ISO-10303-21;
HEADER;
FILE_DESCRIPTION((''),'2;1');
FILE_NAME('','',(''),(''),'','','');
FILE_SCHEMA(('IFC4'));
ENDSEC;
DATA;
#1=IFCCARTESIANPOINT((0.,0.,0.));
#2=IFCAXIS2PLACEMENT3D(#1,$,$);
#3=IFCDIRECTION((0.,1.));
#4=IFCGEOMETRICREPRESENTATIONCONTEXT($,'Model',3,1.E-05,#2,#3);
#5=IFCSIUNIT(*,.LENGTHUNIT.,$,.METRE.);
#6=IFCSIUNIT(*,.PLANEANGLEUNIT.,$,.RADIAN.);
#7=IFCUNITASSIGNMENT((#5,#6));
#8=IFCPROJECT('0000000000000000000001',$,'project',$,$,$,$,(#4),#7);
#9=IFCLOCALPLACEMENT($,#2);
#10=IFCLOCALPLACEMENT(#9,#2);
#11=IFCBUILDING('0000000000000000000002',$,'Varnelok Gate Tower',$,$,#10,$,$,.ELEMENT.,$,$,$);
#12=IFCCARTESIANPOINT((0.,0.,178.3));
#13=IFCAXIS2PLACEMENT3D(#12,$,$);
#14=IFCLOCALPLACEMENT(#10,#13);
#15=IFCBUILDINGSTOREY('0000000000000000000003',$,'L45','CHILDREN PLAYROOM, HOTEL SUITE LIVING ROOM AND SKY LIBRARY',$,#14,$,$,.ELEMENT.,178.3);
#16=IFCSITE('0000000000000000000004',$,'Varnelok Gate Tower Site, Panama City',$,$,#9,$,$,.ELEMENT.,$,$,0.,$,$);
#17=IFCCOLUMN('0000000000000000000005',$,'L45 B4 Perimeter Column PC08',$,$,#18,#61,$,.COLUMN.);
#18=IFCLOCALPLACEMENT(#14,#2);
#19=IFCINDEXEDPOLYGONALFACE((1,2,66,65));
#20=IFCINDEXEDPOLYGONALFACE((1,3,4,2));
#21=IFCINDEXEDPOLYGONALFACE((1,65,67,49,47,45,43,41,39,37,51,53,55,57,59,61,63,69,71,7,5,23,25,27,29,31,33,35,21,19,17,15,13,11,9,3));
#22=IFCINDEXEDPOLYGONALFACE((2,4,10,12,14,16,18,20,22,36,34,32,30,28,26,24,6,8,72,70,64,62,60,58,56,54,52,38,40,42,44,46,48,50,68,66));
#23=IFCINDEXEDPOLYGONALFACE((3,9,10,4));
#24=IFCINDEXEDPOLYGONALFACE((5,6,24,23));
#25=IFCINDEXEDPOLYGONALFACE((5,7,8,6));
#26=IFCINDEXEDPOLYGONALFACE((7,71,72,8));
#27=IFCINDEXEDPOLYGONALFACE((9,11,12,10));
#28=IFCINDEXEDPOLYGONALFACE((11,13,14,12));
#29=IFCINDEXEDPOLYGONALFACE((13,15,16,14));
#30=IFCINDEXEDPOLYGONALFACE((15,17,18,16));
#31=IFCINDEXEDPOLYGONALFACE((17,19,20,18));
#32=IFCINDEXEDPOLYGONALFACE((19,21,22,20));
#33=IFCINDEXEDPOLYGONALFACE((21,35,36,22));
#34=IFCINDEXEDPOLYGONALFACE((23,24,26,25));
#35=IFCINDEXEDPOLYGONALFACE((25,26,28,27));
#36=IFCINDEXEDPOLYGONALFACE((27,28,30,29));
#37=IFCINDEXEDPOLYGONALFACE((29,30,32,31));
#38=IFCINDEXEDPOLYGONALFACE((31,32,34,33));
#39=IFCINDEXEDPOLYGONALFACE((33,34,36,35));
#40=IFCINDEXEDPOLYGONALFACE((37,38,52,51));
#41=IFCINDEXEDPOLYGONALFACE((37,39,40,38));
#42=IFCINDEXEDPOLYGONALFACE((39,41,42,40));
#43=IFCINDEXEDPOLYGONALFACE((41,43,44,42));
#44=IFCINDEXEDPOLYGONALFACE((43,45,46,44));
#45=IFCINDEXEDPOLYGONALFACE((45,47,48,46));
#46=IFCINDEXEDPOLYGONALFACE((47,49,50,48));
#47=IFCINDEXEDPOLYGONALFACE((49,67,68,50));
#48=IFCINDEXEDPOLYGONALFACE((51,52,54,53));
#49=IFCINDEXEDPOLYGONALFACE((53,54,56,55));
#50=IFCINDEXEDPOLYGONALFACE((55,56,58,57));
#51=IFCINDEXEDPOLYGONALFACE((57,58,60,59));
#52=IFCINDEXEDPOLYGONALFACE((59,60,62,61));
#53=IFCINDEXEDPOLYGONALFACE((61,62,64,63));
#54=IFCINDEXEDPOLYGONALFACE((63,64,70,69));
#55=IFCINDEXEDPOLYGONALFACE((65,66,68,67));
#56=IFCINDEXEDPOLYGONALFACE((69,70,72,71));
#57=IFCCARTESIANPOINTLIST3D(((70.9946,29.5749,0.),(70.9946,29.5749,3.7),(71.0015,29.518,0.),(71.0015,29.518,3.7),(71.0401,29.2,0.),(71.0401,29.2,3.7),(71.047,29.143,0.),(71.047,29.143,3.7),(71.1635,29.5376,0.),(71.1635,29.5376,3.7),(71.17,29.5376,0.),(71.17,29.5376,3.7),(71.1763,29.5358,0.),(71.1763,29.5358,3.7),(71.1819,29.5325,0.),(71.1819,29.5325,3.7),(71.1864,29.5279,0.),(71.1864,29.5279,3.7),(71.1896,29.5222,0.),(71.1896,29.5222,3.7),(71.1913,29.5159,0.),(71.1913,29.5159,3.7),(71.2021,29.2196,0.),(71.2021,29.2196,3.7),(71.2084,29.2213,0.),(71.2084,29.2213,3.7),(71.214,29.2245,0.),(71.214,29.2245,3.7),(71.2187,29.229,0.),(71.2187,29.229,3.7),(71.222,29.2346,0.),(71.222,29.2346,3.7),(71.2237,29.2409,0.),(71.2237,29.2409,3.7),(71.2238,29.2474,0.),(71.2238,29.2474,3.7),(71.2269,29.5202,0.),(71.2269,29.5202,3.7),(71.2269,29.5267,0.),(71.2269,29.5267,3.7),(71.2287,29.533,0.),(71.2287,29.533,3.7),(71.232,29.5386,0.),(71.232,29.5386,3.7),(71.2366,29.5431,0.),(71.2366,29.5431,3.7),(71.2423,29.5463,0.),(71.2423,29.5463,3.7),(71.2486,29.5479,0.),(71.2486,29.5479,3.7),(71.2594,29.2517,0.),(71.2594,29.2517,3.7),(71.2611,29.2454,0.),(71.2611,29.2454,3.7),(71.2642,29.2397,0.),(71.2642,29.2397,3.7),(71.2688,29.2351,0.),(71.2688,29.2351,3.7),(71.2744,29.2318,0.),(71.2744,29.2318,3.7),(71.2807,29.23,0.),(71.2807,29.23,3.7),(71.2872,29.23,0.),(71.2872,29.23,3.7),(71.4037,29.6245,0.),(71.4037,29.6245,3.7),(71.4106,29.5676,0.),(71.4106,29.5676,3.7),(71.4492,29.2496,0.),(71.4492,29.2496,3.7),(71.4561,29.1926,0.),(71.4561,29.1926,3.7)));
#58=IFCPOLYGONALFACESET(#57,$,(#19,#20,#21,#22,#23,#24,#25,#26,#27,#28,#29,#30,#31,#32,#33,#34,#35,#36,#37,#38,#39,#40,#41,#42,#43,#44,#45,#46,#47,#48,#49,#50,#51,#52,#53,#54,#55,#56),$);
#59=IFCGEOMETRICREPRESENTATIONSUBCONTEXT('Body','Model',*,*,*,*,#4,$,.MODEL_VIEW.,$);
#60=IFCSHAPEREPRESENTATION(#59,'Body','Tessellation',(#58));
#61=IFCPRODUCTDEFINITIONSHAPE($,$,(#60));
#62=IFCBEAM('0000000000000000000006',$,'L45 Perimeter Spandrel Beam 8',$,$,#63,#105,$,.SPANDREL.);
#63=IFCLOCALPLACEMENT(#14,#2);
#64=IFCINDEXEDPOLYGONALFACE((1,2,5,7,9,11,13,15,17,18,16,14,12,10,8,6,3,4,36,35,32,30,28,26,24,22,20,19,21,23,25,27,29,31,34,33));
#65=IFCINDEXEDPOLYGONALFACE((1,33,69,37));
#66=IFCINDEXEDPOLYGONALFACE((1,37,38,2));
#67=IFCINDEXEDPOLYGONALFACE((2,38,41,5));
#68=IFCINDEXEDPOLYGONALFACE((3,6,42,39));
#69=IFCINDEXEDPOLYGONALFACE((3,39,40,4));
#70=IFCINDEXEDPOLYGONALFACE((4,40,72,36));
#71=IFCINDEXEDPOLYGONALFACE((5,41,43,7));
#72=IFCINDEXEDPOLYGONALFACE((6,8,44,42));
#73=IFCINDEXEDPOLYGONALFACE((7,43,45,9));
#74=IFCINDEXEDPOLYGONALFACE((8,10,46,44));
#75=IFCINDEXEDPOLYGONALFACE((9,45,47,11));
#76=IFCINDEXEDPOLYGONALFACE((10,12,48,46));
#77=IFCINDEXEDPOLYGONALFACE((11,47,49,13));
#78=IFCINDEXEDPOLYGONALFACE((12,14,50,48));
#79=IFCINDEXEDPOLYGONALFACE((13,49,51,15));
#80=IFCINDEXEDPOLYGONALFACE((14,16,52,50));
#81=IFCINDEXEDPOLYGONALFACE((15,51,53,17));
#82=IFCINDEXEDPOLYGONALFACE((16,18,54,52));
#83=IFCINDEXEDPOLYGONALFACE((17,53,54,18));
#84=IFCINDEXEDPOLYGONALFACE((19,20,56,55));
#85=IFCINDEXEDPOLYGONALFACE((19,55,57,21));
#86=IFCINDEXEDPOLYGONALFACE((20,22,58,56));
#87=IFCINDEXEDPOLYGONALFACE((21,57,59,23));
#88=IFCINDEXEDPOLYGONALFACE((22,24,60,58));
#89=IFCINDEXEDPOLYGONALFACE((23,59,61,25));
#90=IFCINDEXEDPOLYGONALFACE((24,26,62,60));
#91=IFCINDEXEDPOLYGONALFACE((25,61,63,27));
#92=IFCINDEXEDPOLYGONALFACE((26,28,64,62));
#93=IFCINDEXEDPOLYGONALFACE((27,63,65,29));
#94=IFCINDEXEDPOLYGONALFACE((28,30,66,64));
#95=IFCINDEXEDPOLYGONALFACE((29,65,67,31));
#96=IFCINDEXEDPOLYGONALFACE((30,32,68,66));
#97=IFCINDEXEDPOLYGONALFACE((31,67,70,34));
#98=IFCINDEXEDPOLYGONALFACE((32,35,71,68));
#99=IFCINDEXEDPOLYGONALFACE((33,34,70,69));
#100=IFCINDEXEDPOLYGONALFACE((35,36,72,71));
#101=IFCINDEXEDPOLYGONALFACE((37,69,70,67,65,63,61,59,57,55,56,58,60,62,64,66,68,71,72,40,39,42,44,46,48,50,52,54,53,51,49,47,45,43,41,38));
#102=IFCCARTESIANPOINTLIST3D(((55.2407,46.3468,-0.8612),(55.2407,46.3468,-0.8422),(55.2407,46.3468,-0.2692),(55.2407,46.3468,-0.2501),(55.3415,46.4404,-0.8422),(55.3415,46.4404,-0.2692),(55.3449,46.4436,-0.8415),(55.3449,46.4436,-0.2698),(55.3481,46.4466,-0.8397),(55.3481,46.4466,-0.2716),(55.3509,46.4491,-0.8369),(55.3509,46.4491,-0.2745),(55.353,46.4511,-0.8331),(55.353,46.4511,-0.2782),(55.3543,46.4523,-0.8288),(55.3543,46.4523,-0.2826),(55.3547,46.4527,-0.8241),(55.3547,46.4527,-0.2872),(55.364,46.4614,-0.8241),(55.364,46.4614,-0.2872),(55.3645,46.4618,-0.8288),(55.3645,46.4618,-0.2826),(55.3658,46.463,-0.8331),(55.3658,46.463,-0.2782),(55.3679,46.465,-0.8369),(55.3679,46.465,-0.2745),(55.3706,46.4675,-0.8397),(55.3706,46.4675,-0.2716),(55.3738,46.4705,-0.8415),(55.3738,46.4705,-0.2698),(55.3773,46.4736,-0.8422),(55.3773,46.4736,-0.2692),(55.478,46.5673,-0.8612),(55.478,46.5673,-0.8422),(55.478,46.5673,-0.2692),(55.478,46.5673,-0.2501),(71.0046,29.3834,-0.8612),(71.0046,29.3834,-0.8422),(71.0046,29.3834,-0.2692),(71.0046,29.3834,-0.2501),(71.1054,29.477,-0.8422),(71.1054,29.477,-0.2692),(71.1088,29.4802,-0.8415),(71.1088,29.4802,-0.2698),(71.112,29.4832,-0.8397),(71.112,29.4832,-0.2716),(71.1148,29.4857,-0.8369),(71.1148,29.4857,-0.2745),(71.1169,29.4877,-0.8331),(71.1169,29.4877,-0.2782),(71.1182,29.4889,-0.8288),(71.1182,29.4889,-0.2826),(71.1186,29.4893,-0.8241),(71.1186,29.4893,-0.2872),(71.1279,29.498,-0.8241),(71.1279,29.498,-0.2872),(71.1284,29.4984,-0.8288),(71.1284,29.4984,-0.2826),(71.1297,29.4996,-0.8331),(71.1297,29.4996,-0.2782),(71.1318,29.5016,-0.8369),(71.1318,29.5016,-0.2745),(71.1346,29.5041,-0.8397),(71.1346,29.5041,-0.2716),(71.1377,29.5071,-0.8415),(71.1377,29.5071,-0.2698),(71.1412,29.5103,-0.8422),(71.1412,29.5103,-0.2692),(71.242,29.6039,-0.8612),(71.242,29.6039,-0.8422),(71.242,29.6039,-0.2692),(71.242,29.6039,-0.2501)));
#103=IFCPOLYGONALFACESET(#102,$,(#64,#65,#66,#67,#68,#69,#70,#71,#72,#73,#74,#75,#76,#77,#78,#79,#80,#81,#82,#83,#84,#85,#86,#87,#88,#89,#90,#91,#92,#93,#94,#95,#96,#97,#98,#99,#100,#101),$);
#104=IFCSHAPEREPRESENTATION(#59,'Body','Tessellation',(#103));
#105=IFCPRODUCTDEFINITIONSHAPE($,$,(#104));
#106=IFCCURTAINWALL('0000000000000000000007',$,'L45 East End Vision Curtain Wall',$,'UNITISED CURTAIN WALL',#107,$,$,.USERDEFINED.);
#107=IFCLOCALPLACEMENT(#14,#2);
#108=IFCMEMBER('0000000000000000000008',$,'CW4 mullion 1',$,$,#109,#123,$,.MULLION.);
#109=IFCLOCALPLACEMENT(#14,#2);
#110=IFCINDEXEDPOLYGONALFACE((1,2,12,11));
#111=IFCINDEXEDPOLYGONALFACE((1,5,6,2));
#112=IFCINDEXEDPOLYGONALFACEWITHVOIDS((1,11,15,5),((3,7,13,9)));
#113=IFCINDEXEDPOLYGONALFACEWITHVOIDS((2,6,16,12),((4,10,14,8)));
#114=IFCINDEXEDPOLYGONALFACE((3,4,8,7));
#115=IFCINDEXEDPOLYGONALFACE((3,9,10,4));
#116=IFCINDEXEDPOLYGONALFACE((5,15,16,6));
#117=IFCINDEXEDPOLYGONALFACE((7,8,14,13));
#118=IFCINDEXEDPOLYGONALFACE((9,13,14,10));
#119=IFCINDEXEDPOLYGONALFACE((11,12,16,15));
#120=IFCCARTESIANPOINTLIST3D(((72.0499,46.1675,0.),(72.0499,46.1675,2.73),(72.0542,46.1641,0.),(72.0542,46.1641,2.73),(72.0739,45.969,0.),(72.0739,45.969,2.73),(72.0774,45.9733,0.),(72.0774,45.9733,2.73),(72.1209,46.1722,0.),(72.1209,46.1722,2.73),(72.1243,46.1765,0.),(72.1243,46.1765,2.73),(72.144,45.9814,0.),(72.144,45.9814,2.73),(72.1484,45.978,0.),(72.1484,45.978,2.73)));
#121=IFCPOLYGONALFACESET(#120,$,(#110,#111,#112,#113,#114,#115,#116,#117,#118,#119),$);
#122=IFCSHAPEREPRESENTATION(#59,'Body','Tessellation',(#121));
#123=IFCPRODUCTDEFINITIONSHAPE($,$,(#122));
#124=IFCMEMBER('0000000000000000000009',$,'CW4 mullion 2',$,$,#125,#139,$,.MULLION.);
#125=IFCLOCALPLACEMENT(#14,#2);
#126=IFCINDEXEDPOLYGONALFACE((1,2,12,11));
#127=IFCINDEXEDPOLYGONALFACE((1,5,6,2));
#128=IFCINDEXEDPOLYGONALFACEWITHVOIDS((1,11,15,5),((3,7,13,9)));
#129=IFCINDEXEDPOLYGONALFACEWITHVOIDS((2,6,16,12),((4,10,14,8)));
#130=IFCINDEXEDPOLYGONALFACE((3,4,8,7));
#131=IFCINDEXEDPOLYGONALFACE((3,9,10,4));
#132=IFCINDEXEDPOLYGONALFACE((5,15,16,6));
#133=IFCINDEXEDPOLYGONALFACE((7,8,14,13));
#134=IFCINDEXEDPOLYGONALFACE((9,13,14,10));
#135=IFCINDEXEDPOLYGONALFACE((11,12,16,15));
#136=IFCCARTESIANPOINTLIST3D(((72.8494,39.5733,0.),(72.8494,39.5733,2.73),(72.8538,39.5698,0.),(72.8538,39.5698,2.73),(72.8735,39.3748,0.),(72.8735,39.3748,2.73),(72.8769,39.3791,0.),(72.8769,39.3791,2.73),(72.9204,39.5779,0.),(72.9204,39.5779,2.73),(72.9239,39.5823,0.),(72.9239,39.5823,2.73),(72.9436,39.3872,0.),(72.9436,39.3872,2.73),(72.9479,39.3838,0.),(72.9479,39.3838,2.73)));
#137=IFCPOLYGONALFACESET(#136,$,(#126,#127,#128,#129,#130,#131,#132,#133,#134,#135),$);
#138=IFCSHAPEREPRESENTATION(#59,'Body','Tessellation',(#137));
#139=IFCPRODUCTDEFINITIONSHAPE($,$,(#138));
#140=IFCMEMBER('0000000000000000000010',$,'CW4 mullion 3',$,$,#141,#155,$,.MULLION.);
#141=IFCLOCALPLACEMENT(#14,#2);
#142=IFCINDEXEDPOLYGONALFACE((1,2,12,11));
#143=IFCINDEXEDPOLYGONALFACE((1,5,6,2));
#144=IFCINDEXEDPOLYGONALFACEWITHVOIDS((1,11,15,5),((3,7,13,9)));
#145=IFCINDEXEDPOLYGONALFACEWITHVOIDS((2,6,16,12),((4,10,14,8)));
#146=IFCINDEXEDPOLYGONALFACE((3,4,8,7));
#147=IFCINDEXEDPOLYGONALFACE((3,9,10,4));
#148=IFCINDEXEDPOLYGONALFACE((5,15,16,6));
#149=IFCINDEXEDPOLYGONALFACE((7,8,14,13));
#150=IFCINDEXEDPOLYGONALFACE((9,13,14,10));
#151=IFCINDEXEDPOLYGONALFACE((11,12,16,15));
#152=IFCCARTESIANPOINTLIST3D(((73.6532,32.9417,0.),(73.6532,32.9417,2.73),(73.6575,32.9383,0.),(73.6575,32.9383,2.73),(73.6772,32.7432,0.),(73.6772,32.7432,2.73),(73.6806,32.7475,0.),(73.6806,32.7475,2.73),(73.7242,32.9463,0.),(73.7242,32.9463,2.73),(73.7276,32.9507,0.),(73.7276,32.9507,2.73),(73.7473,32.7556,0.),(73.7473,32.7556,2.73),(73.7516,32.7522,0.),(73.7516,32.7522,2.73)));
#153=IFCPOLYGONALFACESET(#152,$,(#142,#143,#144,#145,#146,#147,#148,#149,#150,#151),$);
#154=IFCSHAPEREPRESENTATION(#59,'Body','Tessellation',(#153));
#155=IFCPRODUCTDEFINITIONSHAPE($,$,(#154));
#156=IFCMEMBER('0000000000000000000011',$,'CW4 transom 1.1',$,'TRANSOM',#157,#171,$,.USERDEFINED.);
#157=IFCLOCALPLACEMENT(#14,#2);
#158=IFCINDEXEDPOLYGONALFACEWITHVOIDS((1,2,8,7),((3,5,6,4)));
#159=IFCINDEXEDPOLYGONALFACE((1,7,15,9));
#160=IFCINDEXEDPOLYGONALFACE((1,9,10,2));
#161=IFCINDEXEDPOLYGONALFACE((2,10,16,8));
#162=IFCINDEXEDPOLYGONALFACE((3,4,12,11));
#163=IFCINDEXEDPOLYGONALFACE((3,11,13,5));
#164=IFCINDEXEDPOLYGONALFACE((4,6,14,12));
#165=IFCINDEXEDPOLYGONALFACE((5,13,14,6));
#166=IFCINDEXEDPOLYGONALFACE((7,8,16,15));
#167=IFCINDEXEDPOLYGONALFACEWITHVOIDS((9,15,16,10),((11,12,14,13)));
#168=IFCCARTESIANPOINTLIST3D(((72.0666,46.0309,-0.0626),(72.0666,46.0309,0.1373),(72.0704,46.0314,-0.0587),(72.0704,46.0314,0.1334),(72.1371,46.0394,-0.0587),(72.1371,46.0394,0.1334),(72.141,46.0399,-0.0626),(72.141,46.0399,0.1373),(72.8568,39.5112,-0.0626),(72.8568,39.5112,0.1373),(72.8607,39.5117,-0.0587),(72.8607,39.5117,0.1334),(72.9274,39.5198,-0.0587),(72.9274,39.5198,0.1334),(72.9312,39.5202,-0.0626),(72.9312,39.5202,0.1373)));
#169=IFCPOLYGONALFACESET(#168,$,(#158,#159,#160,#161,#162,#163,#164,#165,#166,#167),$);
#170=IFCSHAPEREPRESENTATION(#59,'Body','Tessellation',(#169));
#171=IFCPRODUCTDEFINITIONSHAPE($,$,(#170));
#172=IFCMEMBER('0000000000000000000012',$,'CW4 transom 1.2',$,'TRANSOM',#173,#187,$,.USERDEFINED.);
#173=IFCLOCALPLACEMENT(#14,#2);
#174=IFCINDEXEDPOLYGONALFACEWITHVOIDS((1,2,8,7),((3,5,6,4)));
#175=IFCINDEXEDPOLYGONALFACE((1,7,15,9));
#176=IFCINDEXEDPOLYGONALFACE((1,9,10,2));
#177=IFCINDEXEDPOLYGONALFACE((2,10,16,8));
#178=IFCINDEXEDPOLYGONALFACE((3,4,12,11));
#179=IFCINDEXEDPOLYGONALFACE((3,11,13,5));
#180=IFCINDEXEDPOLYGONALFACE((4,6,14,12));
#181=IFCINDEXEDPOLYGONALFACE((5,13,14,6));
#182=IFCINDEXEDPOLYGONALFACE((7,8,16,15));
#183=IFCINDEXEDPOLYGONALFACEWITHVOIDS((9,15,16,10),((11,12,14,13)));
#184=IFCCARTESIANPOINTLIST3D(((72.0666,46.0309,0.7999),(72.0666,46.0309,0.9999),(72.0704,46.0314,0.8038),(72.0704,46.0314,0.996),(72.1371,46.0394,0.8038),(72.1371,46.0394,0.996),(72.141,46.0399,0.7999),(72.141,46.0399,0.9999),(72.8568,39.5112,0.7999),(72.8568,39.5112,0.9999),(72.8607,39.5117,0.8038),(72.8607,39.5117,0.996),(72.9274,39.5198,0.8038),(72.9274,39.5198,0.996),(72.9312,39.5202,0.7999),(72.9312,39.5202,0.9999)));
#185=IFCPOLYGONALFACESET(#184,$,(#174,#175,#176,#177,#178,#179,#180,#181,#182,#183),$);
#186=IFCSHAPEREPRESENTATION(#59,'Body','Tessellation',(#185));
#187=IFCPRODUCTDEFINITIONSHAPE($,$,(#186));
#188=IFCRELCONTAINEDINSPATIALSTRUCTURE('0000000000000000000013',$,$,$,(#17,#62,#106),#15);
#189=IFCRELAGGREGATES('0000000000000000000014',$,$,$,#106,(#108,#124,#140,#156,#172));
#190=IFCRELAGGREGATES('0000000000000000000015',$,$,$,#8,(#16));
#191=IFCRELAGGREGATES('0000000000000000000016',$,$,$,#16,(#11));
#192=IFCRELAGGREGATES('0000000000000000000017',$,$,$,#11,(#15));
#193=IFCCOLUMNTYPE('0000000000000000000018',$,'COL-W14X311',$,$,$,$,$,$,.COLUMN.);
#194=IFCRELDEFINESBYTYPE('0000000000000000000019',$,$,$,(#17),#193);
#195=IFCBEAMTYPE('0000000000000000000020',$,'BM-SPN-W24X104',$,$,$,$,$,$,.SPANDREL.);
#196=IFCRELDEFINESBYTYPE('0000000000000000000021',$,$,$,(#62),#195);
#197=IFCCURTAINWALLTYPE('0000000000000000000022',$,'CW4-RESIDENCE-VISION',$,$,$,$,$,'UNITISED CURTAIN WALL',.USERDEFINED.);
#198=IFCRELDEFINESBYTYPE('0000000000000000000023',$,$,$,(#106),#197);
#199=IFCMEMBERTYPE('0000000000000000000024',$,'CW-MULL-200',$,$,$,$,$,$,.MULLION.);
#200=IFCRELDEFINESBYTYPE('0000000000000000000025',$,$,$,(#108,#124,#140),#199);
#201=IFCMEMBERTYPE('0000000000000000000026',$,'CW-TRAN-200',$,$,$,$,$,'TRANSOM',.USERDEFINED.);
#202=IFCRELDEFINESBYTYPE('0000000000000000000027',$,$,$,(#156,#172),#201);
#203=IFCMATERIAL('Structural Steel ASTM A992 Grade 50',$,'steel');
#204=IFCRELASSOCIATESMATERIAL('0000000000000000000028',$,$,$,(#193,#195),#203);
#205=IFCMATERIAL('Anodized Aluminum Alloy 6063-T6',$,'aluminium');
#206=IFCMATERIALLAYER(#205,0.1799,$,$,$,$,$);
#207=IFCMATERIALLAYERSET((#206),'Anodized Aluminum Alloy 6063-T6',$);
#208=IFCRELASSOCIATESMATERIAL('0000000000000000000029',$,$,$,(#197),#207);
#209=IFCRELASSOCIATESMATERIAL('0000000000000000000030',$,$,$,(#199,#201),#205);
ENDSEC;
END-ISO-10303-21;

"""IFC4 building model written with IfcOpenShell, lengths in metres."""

from ifc_helpers import new_model, si_unit, direction, frame, origin, origin_2d, place, context, subcontext, project, spatial, hollow_rectangle, i_section, extrude, material, layer, layer_set, material_profile, profile_set, type_object, element, aggregate, save


model = new_model("IFC4")

# Units and contexts
model_context = context("Model", 3, precision=1e-05, world=origin(), true_north=direction((0.0, 1.0)))
body_context = subcontext(model_context, "Body", "Model", "MODEL_VIEW")
ifc_project = project(units=[si_unit("LENGTHUNIT", "METRE"), si_unit("PLANEANGLEUNIT", "RADIAN")], contexts=[model_context])

# Site, building, storey
site_placement = place(None, origin())
site = spatial("IfcSite", under=ifc_project, at=site_placement, Name="Varnelok Gate Tower Site, Panama City", CompositionType="ELEMENT", RefElevation=0.0)
building_placement = place(site_placement, origin())
building = spatial("IfcBuilding", under=site, at=building_placement, Name="Varnelok Gate Tower", CompositionType="ELEMENT")
storey_placement = place(building_placement, frame((0.0, 0.0, 178.3)))
storey = spatial("IfcBuildingStorey", under=building, at=storey_placement, Name="L45", Description="CHILDREN PLAYROOM, HOTEL SUITE LIVING ROOM AND SKY LIBRARY", CompositionType="ELEMENT", Elevation=178.3)

# Column
ifc_material_1 = material(Name="Structural Steel ASTM A992 Grade 50", Category="steel")
ifc_material_profile_1 = material_profile(ifc_material_1, i_section(OverallWidth=0.4121, OverallDepth=0.4351, WebThickness=0.0359, FlangeThickness=0.0574, FilletRadius=0.0249, at=origin_2d()), Name="W14X311")
ifc_profile_set_1 = profile_set([ifc_material_profile_1], Name="Structural Steel ASTM A992 Grade 50")
column_type = type_object("IfcColumnType", Name="COL-W14X311", PredefinedType="COLUMN", material=ifc_profile_set_1)
column_placement = place(storey_placement, frame((71.2253, 29.3838, 0.0), z_axis=(0.0, 0.0, 1.0), x_axis=(0.992732, 0.120345, 0.0)))
element("IfcColumn", 1, at=column_placement, inside=storey, type_object=column_type, Name="L45 B4 Perimeter Column PC08", PredefinedType="COLUMN", context=body_context, shape_type="SweptSolid", body=[
    extrude(i_section(OverallWidth=0.4121, OverallDepth=0.4351, WebThickness=0.0359, FlangeThickness=0.0574, FilletRadius=0.0249, at=origin_2d()), origin(), (0.0, 0.0, 1.0), 3.7),
])

# Beam
ifc_material_profile_2 = material_profile(ifc_material_1, i_section(OverallWidth=0.324, OverallDepth=0.6111, WebThickness=0.0127, FlangeThickness=0.019, FilletRadius=0.0181, at=origin_2d()), Name="W24X104")
ifc_profile_set_2 = profile_set([ifc_material_profile_2], Name="Structural Steel ASTM A992 Grade 50")
beam_type = type_object("IfcBeamType", Name="BM-SPN-W24X104", PredefinedType="SPANDREL", material=ifc_profile_set_2)
beam_placement = place(storey_placement, frame((71.1233, 29.4937, -0.5557), z_axis=(-0.680734, 0.732531, 0.0), x_axis=(-0.732531, -0.680734, 0.0)))
element("IfcBeam", 2, at=beam_placement, inside=storey, type_object=beam_type, Name="L45 Perimeter Spandrel Beam 8", PredefinedType="SPANDREL", context=body_context, shape_type="SweptSolid", body=[
    extrude(i_section(OverallWidth=0.324, OverallDepth=0.6111, WebThickness=0.0127, FlangeThickness=0.019, FilletRadius=0.0181, at=origin_2d()), origin(), (0.0, 0.0, 1.0), 23.1572),
])

# Curtain wall, members
ifc_material_2 = material(Name="Anodized Aluminum Alloy 6063-T6", Category="aluminium")
ifc_layer_1 = layer(ifc_material_2, 0.1799)
ifc_layer_set_1 = layer_set([ifc_layer_1], Name="Anodized Aluminum Alloy 6063-T6")
curtain_wall_type = type_object("IfcCurtainWallType", Name="CW4-RESIDENCE-VISION", ElementType="UNITISED CURTAIN WALL", PredefinedType="USERDEFINED", material=ifc_layer_set_1)
curtain_wall_placement = place(storey_placement, origin())
curtain_wall = element("IfcCurtainWall", 3, at=curtain_wall_placement, inside=storey, type_object=curtain_wall_type, Name="L45 East End Vision Curtain Wall", ObjectType="UNITISED CURTAIN WALL", PredefinedType="USERDEFINED")
ifc_material_profile_3 = material_profile(ifc_material_2, hollow_rectangle(XDim=0.075, YDim=0.2, WallThickness=0.0039, at=origin_2d()), Name="ALU200X75X4")
ifc_profile_set_3 = profile_set([ifc_material_profile_3], Name="Anodized Aluminum Alloy 6063-T6")
member_type_1 = type_object("IfcMemberType", Name="CW-MULL-200", PredefinedType="MULLION", material=ifc_profile_set_3)
member_1_placement = place(storey_placement, frame((72.0991, 46.0728, 0.0), z_axis=(0.0, 0.0, 1.0), x_axis=(0.992732, 0.120345, 0.0)))
member_1 = element("IfcMember", 4, at=member_1_placement, type_object=member_type_1, Name="CW4 mullion 1", PredefinedType="MULLION", context=body_context, shape_type="SweptSolid", body=[
    extrude(hollow_rectangle(XDim=0.075, YDim=0.2, WallThickness=0.0039, at=origin_2d()), origin(), (0.0, 0.0, 1.0), 2.73),
])
member_2_placement = place(storey_placement, frame((72.8987, 39.4785, 0.0), z_axis=(0.0, 0.0, 1.0), x_axis=(0.992732, 0.120345, 0.0)))
member_2 = element("IfcMember", 5, at=member_2_placement, type_object=member_type_1, Name="CW4 mullion 2", PredefinedType="MULLION", context=body_context, shape_type="SweptSolid", body=[
    extrude(hollow_rectangle(XDim=0.075, YDim=0.2, WallThickness=0.0039, at=origin_2d()), origin(), (0.0, 0.0, 1.0), 2.73),
])
member_3_placement = place(storey_placement, frame((73.7024, 32.8469, 0.0), z_axis=(0.0, 0.0, 1.0), x_axis=(0.992732, 0.120345, 0.0)))
member_3 = element("IfcMember", 6, at=member_3_placement, type_object=member_type_1, Name="CW4 mullion 3", PredefinedType="MULLION", context=body_context, shape_type="SweptSolid", body=[
    extrude(hollow_rectangle(XDim=0.075, YDim=0.2, WallThickness=0.0039, at=origin_2d()), origin(), (0.0, 0.0, 1.0), 2.73),
])
ifc_material_profile_4 = material_profile(ifc_material_2, hollow_rectangle(XDim=0.075, YDim=0.2, WallThickness=0.0039, at=origin_2d()), Name="ALU200X75X4")
ifc_profile_set_4 = profile_set([ifc_material_profile_4], Name="Anodized Aluminum Alloy 6063-T6")
member_type_2 = type_object("IfcMemberType", Name="CW-TRAN-200", ElementType="TRANSOM", PredefinedType="USERDEFINED", material=ifc_profile_set_4)
member_4_placement = place(storey_placement, frame((72.1038, 46.0354, 0.0374), z_axis=(0.120332, -0.992734, 0.0), x_axis=(0.992734, 0.120332, 0.0)))
member_4 = element("IfcMember", 7, at=member_4_placement, type_object=member_type_2, Name="CW4 transom 1.1", ObjectType="TRANSOM", PredefinedType="USERDEFINED", context=body_context, shape_type="SweptSolid", body=[
    extrude(hollow_rectangle(XDim=0.075, YDim=0.2, WallThickness=0.0039, at=origin_2d()), origin(), (0.0, 0.0, 1.0), 6.5674),
])
member_5_placement = place(storey_placement, frame((72.1038, 46.0354, 0.8999), z_axis=(0.120332, -0.992734, 0.0), x_axis=(0.992734, 0.120332, 0.0)))
member_5 = element("IfcMember", 8, at=member_5_placement, type_object=member_type_2, Name="CW4 transom 1.2", ObjectType="TRANSOM", PredefinedType="USERDEFINED", context=body_context, shape_type="SweptSolid", body=[
    extrude(hollow_rectangle(XDim=0.075, YDim=0.2, WallThickness=0.0039, at=origin_2d()), origin(), (0.0, 0.0, 1.0), 6.5674),
])
aggregate(curtain_wall, [member_1, member_2, member_3, member_4, member_5])

save(model, "model.ifc")
